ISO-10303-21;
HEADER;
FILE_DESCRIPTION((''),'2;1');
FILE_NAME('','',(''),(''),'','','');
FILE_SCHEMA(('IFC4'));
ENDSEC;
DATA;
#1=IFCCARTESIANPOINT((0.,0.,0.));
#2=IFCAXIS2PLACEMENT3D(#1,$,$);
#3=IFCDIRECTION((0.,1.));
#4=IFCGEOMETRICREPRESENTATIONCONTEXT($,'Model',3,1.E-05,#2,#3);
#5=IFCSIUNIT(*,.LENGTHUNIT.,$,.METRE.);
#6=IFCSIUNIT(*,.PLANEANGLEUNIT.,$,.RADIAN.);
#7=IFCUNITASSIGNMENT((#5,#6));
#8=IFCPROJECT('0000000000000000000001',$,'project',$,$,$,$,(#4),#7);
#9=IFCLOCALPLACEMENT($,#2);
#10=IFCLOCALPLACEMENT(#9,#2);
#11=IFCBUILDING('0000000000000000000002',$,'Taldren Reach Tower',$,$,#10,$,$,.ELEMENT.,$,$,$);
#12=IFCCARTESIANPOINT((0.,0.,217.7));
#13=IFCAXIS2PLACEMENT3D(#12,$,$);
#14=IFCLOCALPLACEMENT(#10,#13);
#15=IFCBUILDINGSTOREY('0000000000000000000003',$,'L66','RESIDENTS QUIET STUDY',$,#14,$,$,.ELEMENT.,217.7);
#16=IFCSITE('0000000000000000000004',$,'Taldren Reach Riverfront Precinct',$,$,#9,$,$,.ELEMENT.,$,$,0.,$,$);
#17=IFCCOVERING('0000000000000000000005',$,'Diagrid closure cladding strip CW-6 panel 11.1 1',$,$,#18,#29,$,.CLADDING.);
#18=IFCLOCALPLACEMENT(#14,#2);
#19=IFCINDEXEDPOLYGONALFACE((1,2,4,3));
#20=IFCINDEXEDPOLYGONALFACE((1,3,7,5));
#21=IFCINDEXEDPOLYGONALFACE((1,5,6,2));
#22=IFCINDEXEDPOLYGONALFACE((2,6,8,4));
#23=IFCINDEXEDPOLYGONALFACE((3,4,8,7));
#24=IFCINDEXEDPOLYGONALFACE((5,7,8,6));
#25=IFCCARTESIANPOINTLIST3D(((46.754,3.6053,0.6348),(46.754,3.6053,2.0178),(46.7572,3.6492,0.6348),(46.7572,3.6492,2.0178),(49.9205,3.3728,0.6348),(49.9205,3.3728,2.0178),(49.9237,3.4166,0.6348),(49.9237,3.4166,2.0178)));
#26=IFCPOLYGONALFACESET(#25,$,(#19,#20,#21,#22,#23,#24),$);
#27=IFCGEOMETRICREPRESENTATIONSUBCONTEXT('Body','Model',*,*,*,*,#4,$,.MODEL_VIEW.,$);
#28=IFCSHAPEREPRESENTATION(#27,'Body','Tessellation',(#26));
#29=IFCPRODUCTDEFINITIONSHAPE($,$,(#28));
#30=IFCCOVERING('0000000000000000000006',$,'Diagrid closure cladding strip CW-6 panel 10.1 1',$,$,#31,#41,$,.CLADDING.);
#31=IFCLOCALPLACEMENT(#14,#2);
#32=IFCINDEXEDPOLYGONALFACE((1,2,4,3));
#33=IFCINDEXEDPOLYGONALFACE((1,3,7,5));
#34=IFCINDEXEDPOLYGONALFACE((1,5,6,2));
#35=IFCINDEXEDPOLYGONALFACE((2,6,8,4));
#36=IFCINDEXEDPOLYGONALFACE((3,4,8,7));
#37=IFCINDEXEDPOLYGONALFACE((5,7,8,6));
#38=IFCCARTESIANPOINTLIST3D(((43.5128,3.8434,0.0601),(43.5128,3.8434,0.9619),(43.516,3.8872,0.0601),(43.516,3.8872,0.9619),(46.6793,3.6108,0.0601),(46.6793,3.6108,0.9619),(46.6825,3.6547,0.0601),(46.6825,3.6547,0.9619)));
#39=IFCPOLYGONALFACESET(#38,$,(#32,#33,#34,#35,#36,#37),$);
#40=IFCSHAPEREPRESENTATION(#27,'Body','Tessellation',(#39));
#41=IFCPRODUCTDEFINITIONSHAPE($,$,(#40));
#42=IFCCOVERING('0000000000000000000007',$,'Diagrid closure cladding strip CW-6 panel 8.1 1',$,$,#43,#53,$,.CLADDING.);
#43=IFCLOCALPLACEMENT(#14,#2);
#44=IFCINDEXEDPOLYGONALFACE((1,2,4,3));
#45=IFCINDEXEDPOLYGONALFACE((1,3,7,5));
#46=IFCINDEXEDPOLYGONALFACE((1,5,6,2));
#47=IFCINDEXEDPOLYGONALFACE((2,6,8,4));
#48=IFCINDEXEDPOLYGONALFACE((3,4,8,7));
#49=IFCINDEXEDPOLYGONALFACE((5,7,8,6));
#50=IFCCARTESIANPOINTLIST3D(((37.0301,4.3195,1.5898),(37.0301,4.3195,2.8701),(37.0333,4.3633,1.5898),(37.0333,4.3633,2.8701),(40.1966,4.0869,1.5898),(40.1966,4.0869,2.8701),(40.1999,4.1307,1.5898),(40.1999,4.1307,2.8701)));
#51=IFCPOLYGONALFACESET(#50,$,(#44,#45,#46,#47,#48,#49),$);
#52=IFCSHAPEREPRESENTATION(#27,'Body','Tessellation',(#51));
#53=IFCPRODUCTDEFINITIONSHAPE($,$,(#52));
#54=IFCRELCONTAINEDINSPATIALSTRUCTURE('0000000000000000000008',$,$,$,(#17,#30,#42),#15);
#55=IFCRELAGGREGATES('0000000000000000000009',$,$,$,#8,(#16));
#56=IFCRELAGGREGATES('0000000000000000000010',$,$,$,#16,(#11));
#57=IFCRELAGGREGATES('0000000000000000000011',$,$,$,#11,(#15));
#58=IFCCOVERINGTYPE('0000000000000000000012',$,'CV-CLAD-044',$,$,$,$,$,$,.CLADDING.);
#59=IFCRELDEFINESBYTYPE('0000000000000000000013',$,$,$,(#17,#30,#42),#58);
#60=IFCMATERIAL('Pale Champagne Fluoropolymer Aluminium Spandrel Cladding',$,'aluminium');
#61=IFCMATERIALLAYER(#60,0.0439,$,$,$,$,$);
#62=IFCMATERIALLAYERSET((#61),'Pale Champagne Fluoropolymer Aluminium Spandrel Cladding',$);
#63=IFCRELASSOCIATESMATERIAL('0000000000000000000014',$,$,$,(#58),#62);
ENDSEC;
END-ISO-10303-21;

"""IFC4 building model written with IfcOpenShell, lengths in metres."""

from ifc_helpers import new_model, si_unit, direction, frame, origin, origin_2d, place, context, subcontext, project, spatial, rectangle, extrude, source, transform, mapped, material, layer, layer_set, type_object, element, save


model = new_model("IFC4")

# Units and contexts
model_context = context("Model", 3, precision=1e-05, world=origin(), true_north=direction((0.0, 1.0)))
body_context = subcontext(model_context, "Body", "Model", "MODEL_VIEW")
ifc_project = project(units=[si_unit("LENGTHUNIT", "METRE"), si_unit("PLANEANGLEUNIT", "RADIAN")], contexts=[model_context])

# Site, building, storey
site_placement = place(None, origin())
site = spatial("IfcSite", under=ifc_project, at=site_placement, Name="Taldren Reach Riverfront Precinct", CompositionType="ELEMENT", RefElevation=0.0)
building_placement = place(site_placement, origin())
building = spatial("IfcBuilding", under=site, at=building_placement, Name="Taldren Reach Tower", CompositionType="ELEMENT")
storey_placement = place(building_placement, frame((0.0, 0.0, 217.7)))
storey = spatial("IfcBuildingStorey", under=building, at=storey_placement, Name="L66", Description="RESIDENTS QUIET STUDY", CompositionType="ELEMENT", Elevation=217.7)

# Coverings
ifc_material_1 = material(Name="Pale Champagne Fluoropolymer Aluminium Spandrel Cladding", Category="aluminium")
ifc_layer_1 = layer(ifc_material_1, 0.0439)
ifc_layer_set_1 = layer_set([ifc_layer_1], Name="Pale Champagne Fluoropolymer Aluminium Spandrel Cladding")
covering_type = type_object("IfcCoveringType", Name="CV-CLAD-044", PredefinedType="CLADDING", material=ifc_layer_set_1)
shared_shape_1 = source(origin(), body_context, "Body", "SweptSolid", [
    extrude(rectangle(XDim=3.175, YDim=0.0439, at=origin_2d()), origin(), (0.0, 0.0, 1.0), 1.3831),
])
for number, where, z_axis, x_axis, name in (
    (1, (48.3389, 3.511, 0.6348), (0.0, 0.0, 1.0), (0.997314, -0.073238, 0.0), "Diagrid closure cladding strip CW-6 panel 11.1 1"),
):
    element("IfcCovering", number, at=place(storey_placement, frame(where, z_axis=z_axis, x_axis=x_axis)), inside=storey, type_object=covering_type, Name=name, PredefinedType="CLADDING", context=body_context, shape_type="MappedRepresentation", body=[
        mapped(shared_shape_1, transform((0.0, 0.0, 0.0), scale=1.0)),
    ])
shared_shape_2 = source(origin(), body_context, "Body", "SweptSolid", [
    extrude(rectangle(XDim=3.175, YDim=0.0439, at=origin_2d()), origin(), (0.0, 0.0, 1.0), 0.9019),
])
covering_1_placement = place(storey_placement, frame((45.0977, 3.749, 0.0601), z_axis=(0.0, 0.0, 1.0), x_axis=(0.997314, -0.073238, 0.0)))
element("IfcCovering", 2, at=covering_1_placement, inside=storey, type_object=covering_type, Name="Diagrid closure cladding strip CW-6 panel 10.1 1", PredefinedType="CLADDING", context=body_context, shape_type="MappedRepresentation", body=[
    mapped(shared_shape_2, transform((0.0, 0.0, 0.0), scale=1.0)),
])
shared_shape_3 = source(origin(), body_context, "Body", "SweptSolid", [
    extrude(rectangle(XDim=3.175, YDim=0.0439, at=origin_2d()), origin(), (0.0, 0.0, 1.0), 1.2803),
])
covering_2_placement = place(storey_placement, frame((38.615, 4.2251, 1.5898), z_axis=(0.0, 0.0, 1.0), x_axis=(0.997314, -0.073238, 0.0)))
element("IfcCovering", 3, at=covering_2_placement, inside=storey, type_object=covering_type, Name="Diagrid closure cladding strip CW-6 panel 8.1 1", PredefinedType="CLADDING", context=body_context, shape_type="MappedRepresentation", body=[
    mapped(shared_shape_3, transform((0.0, 0.0, 0.0), scale=1.0)),
])

save(model, "model.ifc")
